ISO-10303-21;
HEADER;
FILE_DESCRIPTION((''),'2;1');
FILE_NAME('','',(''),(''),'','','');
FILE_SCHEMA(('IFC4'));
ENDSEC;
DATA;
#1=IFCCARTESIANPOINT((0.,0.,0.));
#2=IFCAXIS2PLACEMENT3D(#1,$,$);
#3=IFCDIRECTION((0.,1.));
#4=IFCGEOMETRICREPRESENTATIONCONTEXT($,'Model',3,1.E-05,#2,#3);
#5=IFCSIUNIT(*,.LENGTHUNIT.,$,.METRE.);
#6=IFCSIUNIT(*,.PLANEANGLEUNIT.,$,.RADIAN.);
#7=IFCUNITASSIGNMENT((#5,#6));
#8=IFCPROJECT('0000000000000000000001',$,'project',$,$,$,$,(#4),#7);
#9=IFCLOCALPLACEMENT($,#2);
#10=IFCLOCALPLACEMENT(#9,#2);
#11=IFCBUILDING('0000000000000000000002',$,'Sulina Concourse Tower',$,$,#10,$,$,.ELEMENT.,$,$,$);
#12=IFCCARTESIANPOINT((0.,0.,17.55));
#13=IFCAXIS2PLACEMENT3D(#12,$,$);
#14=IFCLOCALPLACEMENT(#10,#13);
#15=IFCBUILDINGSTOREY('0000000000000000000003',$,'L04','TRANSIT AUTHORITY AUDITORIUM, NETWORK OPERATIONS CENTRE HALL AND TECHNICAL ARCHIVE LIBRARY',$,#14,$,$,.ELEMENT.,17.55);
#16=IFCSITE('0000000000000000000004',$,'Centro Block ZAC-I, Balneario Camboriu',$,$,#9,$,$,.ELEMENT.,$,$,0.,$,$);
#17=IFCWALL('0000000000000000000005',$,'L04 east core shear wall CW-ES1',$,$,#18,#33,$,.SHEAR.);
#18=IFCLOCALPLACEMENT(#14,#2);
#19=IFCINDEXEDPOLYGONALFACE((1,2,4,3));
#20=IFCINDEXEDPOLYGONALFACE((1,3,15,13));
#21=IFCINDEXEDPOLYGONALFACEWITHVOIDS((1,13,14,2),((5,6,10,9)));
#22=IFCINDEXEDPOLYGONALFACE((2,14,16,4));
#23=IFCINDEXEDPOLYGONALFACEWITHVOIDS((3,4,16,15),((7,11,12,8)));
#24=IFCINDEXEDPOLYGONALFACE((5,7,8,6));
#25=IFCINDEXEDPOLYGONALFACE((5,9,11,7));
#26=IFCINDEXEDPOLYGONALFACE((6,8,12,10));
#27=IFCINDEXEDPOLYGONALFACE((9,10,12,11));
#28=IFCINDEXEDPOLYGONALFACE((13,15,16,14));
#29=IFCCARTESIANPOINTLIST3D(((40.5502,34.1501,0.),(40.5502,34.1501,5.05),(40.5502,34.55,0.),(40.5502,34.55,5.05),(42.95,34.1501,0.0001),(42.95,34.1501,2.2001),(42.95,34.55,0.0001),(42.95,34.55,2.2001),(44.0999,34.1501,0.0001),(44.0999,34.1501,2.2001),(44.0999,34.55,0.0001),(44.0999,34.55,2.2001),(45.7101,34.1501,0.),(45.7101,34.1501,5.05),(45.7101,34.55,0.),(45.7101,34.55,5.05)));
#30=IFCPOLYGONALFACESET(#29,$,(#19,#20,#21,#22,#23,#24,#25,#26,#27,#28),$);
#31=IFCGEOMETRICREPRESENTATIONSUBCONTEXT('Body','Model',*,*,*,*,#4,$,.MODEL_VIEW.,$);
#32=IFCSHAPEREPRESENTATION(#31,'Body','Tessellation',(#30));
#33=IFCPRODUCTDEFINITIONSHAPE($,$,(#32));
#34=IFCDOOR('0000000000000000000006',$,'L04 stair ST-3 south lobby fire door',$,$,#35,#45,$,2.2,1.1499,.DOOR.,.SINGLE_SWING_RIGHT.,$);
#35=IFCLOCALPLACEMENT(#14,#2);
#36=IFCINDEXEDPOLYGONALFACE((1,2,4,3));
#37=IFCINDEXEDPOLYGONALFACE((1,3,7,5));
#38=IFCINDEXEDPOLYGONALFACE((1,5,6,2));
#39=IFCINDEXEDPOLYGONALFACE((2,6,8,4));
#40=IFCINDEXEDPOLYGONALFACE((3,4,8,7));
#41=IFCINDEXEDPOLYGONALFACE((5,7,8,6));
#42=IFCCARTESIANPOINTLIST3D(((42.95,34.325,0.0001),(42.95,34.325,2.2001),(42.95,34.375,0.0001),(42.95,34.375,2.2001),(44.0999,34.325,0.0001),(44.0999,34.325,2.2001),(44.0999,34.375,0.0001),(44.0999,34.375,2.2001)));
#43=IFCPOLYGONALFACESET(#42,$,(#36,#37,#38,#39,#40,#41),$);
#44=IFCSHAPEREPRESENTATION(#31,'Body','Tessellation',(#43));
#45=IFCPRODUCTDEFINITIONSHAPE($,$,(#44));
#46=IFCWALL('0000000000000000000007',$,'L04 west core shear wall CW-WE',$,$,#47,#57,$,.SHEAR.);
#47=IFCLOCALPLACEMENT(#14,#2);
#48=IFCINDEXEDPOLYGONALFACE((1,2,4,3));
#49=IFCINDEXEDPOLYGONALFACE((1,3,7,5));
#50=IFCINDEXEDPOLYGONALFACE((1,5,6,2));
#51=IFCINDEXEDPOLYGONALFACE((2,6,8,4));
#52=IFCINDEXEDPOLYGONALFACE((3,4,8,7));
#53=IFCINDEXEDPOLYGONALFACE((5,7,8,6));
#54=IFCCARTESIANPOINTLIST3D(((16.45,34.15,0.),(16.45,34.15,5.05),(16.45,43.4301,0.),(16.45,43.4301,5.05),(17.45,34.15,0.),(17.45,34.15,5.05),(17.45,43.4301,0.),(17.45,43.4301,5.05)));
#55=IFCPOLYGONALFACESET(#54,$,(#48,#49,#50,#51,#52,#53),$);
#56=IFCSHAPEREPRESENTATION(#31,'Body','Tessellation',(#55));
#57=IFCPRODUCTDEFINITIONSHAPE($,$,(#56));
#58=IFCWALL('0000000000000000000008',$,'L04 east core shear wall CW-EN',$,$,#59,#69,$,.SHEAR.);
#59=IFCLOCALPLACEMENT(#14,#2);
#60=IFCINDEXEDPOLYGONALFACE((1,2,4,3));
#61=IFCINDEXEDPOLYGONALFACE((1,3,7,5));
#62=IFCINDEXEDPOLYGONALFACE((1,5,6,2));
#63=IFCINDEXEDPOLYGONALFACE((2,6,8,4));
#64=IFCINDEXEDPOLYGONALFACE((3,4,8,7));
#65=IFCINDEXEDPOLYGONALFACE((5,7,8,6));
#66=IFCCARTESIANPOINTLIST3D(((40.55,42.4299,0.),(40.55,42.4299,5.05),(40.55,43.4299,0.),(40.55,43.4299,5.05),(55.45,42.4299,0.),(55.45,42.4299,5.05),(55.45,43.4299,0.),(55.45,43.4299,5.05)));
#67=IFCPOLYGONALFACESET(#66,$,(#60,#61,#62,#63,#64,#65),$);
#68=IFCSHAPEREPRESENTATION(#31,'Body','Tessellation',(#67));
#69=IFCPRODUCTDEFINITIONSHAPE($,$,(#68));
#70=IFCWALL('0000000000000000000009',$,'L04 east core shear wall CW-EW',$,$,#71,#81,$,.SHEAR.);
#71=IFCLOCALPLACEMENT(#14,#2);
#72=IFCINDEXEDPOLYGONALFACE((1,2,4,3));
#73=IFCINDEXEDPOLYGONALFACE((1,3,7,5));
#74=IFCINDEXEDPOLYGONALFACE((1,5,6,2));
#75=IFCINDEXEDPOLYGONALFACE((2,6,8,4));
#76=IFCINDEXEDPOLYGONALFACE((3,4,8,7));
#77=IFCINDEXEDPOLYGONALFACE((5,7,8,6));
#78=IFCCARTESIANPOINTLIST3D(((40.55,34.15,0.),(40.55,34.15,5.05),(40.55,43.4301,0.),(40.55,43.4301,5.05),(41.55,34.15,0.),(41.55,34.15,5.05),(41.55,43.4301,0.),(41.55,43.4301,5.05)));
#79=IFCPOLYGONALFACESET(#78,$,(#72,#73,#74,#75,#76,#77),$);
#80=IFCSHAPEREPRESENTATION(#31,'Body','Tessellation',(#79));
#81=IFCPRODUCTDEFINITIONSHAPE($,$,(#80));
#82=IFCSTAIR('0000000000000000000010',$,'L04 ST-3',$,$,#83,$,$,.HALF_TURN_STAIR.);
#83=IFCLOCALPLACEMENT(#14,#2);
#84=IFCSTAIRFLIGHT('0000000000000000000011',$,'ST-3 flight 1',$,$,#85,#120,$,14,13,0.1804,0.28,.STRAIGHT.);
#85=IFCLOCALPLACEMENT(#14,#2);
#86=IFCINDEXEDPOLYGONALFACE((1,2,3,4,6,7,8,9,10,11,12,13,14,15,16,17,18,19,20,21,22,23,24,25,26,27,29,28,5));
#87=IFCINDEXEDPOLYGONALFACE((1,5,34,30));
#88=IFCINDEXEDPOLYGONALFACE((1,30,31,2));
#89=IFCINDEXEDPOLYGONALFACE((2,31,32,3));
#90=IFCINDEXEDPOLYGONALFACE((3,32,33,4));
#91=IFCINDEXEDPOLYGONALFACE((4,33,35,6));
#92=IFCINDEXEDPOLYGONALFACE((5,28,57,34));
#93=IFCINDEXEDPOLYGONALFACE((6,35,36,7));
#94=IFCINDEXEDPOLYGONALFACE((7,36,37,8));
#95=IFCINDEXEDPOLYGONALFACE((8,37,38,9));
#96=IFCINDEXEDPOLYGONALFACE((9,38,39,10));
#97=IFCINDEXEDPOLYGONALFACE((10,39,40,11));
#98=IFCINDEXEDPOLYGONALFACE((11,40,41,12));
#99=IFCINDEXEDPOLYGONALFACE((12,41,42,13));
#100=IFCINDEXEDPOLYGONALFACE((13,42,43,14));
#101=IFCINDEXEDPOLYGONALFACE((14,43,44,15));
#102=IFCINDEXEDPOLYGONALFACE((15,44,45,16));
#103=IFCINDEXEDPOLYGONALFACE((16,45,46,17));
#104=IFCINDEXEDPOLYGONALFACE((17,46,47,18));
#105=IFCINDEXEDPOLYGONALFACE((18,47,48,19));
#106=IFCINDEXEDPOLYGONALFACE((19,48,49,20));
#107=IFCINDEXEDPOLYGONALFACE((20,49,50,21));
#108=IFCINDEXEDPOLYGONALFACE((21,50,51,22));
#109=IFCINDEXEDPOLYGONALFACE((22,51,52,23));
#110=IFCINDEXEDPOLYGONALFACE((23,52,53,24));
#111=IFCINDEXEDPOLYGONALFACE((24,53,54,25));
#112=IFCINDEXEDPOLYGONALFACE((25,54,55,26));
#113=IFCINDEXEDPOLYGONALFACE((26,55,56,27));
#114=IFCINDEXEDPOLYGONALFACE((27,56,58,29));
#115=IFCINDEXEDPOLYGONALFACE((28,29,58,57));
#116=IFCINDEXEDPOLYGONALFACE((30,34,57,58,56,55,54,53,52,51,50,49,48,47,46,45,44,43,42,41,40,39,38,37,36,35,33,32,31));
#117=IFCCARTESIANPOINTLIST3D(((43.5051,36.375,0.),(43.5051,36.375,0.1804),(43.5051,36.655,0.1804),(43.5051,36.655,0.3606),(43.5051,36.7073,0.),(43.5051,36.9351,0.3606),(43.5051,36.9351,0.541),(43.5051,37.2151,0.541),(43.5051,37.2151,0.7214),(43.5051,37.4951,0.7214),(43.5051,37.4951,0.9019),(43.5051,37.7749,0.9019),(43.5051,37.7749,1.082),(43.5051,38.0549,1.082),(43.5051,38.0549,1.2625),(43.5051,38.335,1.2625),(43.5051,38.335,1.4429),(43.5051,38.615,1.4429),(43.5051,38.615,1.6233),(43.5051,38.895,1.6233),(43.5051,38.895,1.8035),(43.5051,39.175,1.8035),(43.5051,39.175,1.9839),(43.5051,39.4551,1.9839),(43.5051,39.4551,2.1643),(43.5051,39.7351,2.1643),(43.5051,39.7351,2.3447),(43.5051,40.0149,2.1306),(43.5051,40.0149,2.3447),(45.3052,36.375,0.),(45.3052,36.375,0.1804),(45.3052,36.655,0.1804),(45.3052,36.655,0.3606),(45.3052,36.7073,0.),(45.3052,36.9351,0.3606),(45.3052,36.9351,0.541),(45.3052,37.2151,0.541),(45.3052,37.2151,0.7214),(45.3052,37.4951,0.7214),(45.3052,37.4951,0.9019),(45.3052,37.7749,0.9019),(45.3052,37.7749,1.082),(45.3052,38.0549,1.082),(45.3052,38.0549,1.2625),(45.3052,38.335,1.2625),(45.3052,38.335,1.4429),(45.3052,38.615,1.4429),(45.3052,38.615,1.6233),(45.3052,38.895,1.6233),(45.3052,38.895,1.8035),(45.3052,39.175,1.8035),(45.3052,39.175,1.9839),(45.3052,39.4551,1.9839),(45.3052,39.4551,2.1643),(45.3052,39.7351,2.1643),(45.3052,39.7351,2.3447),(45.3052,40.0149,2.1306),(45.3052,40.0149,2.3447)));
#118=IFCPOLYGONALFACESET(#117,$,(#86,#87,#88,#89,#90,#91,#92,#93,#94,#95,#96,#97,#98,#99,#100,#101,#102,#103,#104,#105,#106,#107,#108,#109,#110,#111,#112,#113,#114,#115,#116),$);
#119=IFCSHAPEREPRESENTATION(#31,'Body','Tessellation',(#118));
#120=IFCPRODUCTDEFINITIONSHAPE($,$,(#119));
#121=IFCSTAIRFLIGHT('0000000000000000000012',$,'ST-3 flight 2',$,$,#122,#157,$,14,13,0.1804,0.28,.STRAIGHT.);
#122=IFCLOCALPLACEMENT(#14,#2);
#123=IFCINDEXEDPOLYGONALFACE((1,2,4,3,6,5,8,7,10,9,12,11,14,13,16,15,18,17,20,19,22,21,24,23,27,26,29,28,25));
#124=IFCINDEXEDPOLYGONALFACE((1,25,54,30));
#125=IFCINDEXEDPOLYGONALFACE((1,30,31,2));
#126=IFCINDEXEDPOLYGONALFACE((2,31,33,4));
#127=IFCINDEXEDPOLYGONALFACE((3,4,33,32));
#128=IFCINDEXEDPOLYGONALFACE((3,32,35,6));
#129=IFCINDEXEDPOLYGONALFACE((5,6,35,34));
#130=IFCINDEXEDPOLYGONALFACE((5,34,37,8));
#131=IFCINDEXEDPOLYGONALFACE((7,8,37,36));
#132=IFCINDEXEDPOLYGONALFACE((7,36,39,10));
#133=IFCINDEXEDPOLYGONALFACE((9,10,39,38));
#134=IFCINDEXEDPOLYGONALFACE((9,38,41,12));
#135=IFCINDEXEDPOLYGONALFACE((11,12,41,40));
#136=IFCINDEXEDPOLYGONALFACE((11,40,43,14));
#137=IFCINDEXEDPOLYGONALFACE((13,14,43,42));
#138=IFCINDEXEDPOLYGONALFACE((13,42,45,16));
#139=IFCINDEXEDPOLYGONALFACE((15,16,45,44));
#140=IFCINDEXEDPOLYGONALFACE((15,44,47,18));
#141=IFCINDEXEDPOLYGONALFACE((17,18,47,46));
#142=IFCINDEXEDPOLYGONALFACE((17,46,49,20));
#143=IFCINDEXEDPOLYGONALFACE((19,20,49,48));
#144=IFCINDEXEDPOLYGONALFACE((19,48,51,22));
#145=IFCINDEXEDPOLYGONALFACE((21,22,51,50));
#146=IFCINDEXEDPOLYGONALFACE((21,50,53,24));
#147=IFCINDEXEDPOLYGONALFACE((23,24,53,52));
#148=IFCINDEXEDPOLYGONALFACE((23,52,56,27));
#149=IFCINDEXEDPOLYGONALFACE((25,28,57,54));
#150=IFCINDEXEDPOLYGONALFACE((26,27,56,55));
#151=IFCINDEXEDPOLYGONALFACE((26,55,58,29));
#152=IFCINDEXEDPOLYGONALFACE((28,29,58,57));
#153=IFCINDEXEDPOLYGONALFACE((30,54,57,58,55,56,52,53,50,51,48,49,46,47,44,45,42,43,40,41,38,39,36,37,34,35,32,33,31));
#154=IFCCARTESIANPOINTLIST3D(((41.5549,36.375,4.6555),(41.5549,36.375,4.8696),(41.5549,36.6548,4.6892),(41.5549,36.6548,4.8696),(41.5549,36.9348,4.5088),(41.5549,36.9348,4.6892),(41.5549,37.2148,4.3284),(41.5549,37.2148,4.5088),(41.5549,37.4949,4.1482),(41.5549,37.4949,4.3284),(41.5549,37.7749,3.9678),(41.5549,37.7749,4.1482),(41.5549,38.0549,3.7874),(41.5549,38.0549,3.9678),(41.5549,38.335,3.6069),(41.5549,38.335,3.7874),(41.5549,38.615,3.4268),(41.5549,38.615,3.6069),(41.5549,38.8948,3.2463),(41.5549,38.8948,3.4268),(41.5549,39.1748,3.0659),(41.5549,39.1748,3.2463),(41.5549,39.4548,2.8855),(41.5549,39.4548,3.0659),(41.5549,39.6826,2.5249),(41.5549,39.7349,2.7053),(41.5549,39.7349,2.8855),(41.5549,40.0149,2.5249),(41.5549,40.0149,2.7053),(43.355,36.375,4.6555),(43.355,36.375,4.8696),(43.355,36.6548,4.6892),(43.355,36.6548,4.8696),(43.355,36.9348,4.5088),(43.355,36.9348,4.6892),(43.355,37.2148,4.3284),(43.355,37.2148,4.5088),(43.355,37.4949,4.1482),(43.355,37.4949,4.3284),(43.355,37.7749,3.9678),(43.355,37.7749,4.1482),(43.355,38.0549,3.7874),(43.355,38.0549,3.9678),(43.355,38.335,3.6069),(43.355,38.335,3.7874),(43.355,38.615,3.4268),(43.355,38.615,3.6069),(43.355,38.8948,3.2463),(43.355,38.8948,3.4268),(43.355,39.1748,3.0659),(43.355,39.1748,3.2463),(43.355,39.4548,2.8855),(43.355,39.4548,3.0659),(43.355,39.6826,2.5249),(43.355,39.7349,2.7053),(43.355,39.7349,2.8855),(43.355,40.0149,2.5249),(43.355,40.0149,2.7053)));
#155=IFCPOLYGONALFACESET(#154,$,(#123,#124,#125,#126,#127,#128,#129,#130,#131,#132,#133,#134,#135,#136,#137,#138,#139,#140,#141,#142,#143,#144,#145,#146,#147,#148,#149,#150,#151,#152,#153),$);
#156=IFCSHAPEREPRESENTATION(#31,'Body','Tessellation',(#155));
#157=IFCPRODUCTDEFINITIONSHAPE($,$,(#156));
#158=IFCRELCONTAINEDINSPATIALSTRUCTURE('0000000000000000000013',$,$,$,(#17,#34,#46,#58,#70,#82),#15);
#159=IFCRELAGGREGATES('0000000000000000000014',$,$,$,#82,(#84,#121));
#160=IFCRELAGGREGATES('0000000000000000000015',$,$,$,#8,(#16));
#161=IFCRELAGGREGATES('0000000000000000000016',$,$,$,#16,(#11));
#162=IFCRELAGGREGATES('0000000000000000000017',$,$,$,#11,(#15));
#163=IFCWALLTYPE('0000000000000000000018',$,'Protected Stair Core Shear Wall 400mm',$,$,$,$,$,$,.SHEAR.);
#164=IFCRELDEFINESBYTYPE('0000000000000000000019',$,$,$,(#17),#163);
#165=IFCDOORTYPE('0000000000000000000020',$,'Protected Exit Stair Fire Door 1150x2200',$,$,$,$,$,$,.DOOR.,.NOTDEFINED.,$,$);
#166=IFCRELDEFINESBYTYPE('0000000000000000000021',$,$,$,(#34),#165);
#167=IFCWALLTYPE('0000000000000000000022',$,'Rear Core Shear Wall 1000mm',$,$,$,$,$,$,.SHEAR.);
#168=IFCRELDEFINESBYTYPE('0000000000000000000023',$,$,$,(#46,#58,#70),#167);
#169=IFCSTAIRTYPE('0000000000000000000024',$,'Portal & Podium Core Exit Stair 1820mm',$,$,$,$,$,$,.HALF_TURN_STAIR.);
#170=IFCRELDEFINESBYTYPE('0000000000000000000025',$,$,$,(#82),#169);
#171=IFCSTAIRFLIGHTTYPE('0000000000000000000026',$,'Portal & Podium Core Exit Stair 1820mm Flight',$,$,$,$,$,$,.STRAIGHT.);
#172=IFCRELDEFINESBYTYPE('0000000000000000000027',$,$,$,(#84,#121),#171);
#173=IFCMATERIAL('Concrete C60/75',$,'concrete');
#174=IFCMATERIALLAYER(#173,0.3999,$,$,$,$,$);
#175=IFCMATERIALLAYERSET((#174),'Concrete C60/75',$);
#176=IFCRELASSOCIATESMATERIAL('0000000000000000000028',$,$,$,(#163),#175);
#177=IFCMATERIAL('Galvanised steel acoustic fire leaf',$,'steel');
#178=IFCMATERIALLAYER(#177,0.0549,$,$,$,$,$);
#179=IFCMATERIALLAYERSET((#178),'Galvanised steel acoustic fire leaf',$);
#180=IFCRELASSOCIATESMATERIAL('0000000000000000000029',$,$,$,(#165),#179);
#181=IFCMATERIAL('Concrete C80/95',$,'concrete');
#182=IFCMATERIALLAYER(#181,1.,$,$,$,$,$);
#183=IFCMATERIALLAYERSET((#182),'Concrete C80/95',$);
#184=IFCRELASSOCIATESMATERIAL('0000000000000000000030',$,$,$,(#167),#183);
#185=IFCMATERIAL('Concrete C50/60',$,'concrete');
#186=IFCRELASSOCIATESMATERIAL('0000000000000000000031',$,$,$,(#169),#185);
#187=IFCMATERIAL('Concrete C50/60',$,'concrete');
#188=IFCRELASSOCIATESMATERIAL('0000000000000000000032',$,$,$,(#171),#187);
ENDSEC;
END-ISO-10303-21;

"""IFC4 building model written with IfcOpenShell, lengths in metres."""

from ifc_helpers import new_model, si_unit, direction, frame, frame_2d, origin, place, context, subcontext, project, spatial, polyline, rectangle, outline, extrude, material, layer, layer_set, type_object, element, fill, aggregate, save


model = new_model("IFC4")

# Units and contexts
model_context = context("Model", 3, precision=1e-05, world=origin(), true_north=direction((0.0, 1.0)))
body_context = subcontext(model_context, "Body", "Model", "MODEL_VIEW")
ifc_project = project(units=[si_unit("LENGTHUNIT", "METRE"), si_unit("PLANEANGLEUNIT", "RADIAN")], contexts=[model_context])

# Site, building, storey
site_placement = place(None, origin())
site = spatial("IfcSite", under=ifc_project, at=site_placement, Name="Centro Block ZAC-I, Balneario Camboriu", CompositionType="ELEMENT", RefElevation=0.0)
building_placement = place(site_placement, origin())
building = spatial("IfcBuilding", under=site, at=building_placement, Name="Sulina Concourse Tower", CompositionType="ELEMENT")
storey_placement = place(building_placement, frame((0.0, 0.0, 17.55)))
storey = spatial("IfcBuildingStorey", under=building, at=storey_placement, Name="L04", Description="TRANSIT AUTHORITY AUDITORIUM, NETWORK OPERATIONS CENTRE HALL AND TECHNICAL ARCHIVE LIBRARY", CompositionType="ELEMENT", Elevation=17.55)

# Wall, opening, door
ifc_material_1 = material(Name="Concrete C60/75", Category="concrete")
ifc_layer_1 = layer(ifc_material_1, 0.3999)
ifc_layer_set_1 = layer_set([ifc_layer_1], Name="Concrete C60/75")
wall_type_1 = type_object("IfcWallType", Name="Protected Stair Core Shear Wall 400mm", PredefinedType="SHEAR", material=ifc_layer_set_1)
wall_1_placement = place(storey_placement, frame((40.55, 34.3501, 0.0), z_axis=(0.0, 0.0, 1.0), x_axis=(1.0, 0.0, 0.0)))
wall_1 = element("IfcWall", 1, at=wall_1_placement, inside=storey, type_object=wall_type_1, Name="L04 east core shear wall CW-ES1", PredefinedType="SHEAR", context=body_context, shape_type="SweptSolid", body=[
    extrude(rectangle(XDim=5.1599, YDim=0.3999, at=frame_2d((2.5801, 0.0))), origin(), (0.0, 0.0, 1.0), 5.05),
])
opening_placement = place(wall_1_placement, frame((2.3999, 0.0, 0.0)))
opening = element("IfcOpeningElement", 2, at=opening_placement, cuts=wall_1, PredefinedType="OPENING", context=body_context, shape_type="SweptSolid", body=[
    extrude(rectangle(XDim=1.1499, YDim=2.2, at=frame_2d((0.575, 1.1001))), frame((0.0, 0.21, 0.0), z_axis=(0.0, -1.0, 0.0), x_axis=(1.0, 0.0, 0.0)), (0.0, 0.0, 1.0), 0.4199),
])
ifc_material_2 = material(Name="Galvanised steel acoustic fire leaf", Category="steel")
ifc_layer_2 = layer(ifc_material_2, 0.0549)
ifc_layer_set_2 = layer_set([ifc_layer_2], Name="Galvanised steel acoustic fire leaf")
door_type = type_object("IfcDoorType", Name="Protected Exit Stair Fire Door 1150x2200", OperationType="NOTDEFINED", PredefinedType="DOOR", material=ifc_layer_set_2)
door_placement = place(opening_placement, origin())
door = element("IfcDoor", 3, at=door_placement, inside=storey, type_object=door_type, Name="L04 stair ST-3 south lobby fire door", OperationType="SINGLE_SWING_RIGHT", OverallHeight=2.2, OverallWidth=1.1499, PredefinedType="DOOR", context=body_context, shape_type="SweptSolid", body=[
    extrude(rectangle(XDim=1.1499, YDim=2.2, at=frame_2d((0.575, 1.1001))), frame((0.0, 0.0249, 0.0), z_axis=(0.0, -1.0, 0.0), x_axis=(1.0, 0.0, 0.0)), (0.0, 0.0, 1.0), 0.05),
])
fill(opening, door)

# Walls
ifc_material_3 = material(Name="Concrete C80/95", Category="concrete")
ifc_layer_3 = layer(ifc_material_3, 1.0)
ifc_layer_set_3 = layer_set([ifc_layer_3], Name="Concrete C80/95")
wall_type_2 = type_object("IfcWallType", Name="Rear Core Shear Wall 1000mm", PredefinedType="SHEAR", material=ifc_layer_set_3)
wall_2_placement = place(storey_placement, frame((16.95, 34.1499, 0.0), z_axis=(0.0, 0.0, 1.0), x_axis=(0.0, 1.0, 0.0)))
element("IfcWall", 4, at=wall_2_placement, inside=storey, type_object=wall_type_2, Name="L04 west core shear wall CW-WE", PredefinedType="SHEAR", context=body_context, shape_type="SweptSolid", body=[
    extrude(rectangle(XDim=9.28, YDim=1.0, at=frame_2d((4.6401, 0.0))), origin(), (0.0, 0.0, 1.0), 5.05),
])
wall_3_placement = place(storey_placement, frame((40.55, 42.9299, 0.0), z_axis=(0.0, 0.0, 1.0), x_axis=(1.0, 0.0, 0.0)))
element("IfcWall", 5, at=wall_3_placement, inside=storey, type_object=wall_type_2, Name="L04 east core shear wall CW-EN", PredefinedType="SHEAR", context=body_context, shape_type="SweptSolid", body=[
    extrude(rectangle(XDim=14.8999, YDim=1.0, at=frame_2d((7.45, 0.0))), origin(), (0.0, 0.0, 1.0), 5.05),
])
wall_4_placement = place(storey_placement, frame((41.05, 34.1499, 0.0), z_axis=(0.0, 0.0, 1.0), x_axis=(0.0, 1.0, 0.0)))
element("IfcWall", 6, at=wall_4_placement, inside=storey, type_object=wall_type_2, Name="L04 east core shear wall CW-EW", PredefinedType="SHEAR", context=body_context, shape_type="SweptSolid", body=[
    extrude(rectangle(XDim=9.28, YDim=1.0, at=frame_2d((4.6401, 0.0))), origin(), (0.0, 0.0, 1.0), 5.05),
])

# Stair, stair flights
ifc_material_4 = material(Name="Concrete C50/60", Category="concrete")
stair_type = type_object("IfcStairType", Name="Portal & Podium Core Exit Stair 1820mm", PredefinedType="HALF_TURN_STAIR", material=ifc_material_4)
stair_placement = place(storey_placement, origin())
stair = element("IfcStair", 7, at=stair_placement, inside=storey, type_object=stair_type, Name="L04 ST-3", PredefinedType="HALF_TURN_STAIR")
ifc_material_5 = material(Name="Concrete C50/60", Category="concrete")
stair_flight_type = type_object("IfcStairFlightType", Name="Portal & Podium Core Exit Stair 1820mm Flight", PredefinedType="STRAIGHT", material=ifc_material_5)
stair_flight_1_placement = place(storey_placement, frame((44.405, 36.375, 0.0), z_axis=(0.0, 0.0, 1.0), x_axis=(0.0, 1.0, 0.0)))
stair_flight_1 = element("IfcStairFlight", 8, at=stair_flight_1_placement, type_object=stair_flight_type, Name="ST-3 flight 1", NumberOfRisers=14, NumberOfTreads=13, PredefinedType="STRAIGHT", RiserHeight=0.1804, TreadLength=0.28, context=body_context, shape_type="SweptSolid", body=[
    extrude(outline(polyline([(0.0, 0.0), (0.0, 0.1804), (0.28, 0.1804), (0.28, 0.3606), (0.5601, 0.3606), (0.5601, 0.541), (0.8401, 0.541), (0.8401, 0.7214), (1.1201, 0.7214), (1.1201, 0.9019), (1.3999, 0.9019), (1.3999, 1.082), (1.6799, 1.082), (1.6799, 1.2625), (1.96, 1.2625), (1.96, 1.4429), (2.24, 1.4429), (2.24, 1.6233), (2.52, 1.6233), (2.52, 1.8035), (2.8, 1.8035), (2.8, 1.9839), (3.0801, 1.9839), (3.0801, 2.1643), (3.3601, 2.1643), (3.3601, 2.3447), (3.6399, 2.3447), (3.6399, 2.5249), (3.6399, 2.1306), (0.3323, 0.0), (0.0, 0.0)])), frame((0.0, 0.8999, 0.0), z_axis=(0.0, -1.0, 0.0), x_axis=(1.0, 0.0, 0.0)), (0.0, 0.0, 1.0), 1.8),
])
stair_flight_2_placement = place(storey_placement, frame((42.4551, 40.0149, 2.5249), z_axis=(0.0, 0.0, 1.0), x_axis=(0.0, -1.0, 0.0)))
stair_flight_2 = element("IfcStairFlight", 9, at=stair_flight_2_placement, type_object=stair_flight_type, Name="ST-3 flight 2", NumberOfRisers=14, NumberOfTreads=13, PredefinedType="STRAIGHT", RiserHeight=0.1804, TreadLength=0.28, context=body_context, shape_type="SweptSolid", body=[
    extrude(outline(polyline([(0.0, 0.0), (0.0, 0.1804), (0.28, 0.1804), (0.28, 0.3606), (0.5601, 0.3606), (0.5601, 0.541), (0.8401, 0.541), (0.8401, 0.7214), (1.1201, 0.7214), (1.1201, 0.9019), (1.3999, 0.9019), (1.3999, 1.082), (1.6799, 1.082), (1.6799, 1.2625), (1.96, 1.2625), (1.96, 1.4429), (2.24, 1.4429), (2.24, 1.6233), (2.52, 1.6233), (2.52, 1.8035), (2.8, 1.8035), (2.8, 1.9839), (3.0801, 1.9839), (3.0801, 2.1643), (3.3601, 2.1643), (3.3601, 2.3447), (3.6399, 2.3447), (3.6399, 2.5249), (3.6399, 2.1306), (0.3323, 0.0), (0.0, 0.0)])), frame((0.0, 0.8999, 0.0), z_axis=(0.0, -1.0, 0.0), x_axis=(1.0, 0.0, 0.0)), (0.0, 0.0, 1.0), 1.8),
])
aggregate(stair, [stair_flight_1, stair_flight_2])

save(model, "model.ifc")
